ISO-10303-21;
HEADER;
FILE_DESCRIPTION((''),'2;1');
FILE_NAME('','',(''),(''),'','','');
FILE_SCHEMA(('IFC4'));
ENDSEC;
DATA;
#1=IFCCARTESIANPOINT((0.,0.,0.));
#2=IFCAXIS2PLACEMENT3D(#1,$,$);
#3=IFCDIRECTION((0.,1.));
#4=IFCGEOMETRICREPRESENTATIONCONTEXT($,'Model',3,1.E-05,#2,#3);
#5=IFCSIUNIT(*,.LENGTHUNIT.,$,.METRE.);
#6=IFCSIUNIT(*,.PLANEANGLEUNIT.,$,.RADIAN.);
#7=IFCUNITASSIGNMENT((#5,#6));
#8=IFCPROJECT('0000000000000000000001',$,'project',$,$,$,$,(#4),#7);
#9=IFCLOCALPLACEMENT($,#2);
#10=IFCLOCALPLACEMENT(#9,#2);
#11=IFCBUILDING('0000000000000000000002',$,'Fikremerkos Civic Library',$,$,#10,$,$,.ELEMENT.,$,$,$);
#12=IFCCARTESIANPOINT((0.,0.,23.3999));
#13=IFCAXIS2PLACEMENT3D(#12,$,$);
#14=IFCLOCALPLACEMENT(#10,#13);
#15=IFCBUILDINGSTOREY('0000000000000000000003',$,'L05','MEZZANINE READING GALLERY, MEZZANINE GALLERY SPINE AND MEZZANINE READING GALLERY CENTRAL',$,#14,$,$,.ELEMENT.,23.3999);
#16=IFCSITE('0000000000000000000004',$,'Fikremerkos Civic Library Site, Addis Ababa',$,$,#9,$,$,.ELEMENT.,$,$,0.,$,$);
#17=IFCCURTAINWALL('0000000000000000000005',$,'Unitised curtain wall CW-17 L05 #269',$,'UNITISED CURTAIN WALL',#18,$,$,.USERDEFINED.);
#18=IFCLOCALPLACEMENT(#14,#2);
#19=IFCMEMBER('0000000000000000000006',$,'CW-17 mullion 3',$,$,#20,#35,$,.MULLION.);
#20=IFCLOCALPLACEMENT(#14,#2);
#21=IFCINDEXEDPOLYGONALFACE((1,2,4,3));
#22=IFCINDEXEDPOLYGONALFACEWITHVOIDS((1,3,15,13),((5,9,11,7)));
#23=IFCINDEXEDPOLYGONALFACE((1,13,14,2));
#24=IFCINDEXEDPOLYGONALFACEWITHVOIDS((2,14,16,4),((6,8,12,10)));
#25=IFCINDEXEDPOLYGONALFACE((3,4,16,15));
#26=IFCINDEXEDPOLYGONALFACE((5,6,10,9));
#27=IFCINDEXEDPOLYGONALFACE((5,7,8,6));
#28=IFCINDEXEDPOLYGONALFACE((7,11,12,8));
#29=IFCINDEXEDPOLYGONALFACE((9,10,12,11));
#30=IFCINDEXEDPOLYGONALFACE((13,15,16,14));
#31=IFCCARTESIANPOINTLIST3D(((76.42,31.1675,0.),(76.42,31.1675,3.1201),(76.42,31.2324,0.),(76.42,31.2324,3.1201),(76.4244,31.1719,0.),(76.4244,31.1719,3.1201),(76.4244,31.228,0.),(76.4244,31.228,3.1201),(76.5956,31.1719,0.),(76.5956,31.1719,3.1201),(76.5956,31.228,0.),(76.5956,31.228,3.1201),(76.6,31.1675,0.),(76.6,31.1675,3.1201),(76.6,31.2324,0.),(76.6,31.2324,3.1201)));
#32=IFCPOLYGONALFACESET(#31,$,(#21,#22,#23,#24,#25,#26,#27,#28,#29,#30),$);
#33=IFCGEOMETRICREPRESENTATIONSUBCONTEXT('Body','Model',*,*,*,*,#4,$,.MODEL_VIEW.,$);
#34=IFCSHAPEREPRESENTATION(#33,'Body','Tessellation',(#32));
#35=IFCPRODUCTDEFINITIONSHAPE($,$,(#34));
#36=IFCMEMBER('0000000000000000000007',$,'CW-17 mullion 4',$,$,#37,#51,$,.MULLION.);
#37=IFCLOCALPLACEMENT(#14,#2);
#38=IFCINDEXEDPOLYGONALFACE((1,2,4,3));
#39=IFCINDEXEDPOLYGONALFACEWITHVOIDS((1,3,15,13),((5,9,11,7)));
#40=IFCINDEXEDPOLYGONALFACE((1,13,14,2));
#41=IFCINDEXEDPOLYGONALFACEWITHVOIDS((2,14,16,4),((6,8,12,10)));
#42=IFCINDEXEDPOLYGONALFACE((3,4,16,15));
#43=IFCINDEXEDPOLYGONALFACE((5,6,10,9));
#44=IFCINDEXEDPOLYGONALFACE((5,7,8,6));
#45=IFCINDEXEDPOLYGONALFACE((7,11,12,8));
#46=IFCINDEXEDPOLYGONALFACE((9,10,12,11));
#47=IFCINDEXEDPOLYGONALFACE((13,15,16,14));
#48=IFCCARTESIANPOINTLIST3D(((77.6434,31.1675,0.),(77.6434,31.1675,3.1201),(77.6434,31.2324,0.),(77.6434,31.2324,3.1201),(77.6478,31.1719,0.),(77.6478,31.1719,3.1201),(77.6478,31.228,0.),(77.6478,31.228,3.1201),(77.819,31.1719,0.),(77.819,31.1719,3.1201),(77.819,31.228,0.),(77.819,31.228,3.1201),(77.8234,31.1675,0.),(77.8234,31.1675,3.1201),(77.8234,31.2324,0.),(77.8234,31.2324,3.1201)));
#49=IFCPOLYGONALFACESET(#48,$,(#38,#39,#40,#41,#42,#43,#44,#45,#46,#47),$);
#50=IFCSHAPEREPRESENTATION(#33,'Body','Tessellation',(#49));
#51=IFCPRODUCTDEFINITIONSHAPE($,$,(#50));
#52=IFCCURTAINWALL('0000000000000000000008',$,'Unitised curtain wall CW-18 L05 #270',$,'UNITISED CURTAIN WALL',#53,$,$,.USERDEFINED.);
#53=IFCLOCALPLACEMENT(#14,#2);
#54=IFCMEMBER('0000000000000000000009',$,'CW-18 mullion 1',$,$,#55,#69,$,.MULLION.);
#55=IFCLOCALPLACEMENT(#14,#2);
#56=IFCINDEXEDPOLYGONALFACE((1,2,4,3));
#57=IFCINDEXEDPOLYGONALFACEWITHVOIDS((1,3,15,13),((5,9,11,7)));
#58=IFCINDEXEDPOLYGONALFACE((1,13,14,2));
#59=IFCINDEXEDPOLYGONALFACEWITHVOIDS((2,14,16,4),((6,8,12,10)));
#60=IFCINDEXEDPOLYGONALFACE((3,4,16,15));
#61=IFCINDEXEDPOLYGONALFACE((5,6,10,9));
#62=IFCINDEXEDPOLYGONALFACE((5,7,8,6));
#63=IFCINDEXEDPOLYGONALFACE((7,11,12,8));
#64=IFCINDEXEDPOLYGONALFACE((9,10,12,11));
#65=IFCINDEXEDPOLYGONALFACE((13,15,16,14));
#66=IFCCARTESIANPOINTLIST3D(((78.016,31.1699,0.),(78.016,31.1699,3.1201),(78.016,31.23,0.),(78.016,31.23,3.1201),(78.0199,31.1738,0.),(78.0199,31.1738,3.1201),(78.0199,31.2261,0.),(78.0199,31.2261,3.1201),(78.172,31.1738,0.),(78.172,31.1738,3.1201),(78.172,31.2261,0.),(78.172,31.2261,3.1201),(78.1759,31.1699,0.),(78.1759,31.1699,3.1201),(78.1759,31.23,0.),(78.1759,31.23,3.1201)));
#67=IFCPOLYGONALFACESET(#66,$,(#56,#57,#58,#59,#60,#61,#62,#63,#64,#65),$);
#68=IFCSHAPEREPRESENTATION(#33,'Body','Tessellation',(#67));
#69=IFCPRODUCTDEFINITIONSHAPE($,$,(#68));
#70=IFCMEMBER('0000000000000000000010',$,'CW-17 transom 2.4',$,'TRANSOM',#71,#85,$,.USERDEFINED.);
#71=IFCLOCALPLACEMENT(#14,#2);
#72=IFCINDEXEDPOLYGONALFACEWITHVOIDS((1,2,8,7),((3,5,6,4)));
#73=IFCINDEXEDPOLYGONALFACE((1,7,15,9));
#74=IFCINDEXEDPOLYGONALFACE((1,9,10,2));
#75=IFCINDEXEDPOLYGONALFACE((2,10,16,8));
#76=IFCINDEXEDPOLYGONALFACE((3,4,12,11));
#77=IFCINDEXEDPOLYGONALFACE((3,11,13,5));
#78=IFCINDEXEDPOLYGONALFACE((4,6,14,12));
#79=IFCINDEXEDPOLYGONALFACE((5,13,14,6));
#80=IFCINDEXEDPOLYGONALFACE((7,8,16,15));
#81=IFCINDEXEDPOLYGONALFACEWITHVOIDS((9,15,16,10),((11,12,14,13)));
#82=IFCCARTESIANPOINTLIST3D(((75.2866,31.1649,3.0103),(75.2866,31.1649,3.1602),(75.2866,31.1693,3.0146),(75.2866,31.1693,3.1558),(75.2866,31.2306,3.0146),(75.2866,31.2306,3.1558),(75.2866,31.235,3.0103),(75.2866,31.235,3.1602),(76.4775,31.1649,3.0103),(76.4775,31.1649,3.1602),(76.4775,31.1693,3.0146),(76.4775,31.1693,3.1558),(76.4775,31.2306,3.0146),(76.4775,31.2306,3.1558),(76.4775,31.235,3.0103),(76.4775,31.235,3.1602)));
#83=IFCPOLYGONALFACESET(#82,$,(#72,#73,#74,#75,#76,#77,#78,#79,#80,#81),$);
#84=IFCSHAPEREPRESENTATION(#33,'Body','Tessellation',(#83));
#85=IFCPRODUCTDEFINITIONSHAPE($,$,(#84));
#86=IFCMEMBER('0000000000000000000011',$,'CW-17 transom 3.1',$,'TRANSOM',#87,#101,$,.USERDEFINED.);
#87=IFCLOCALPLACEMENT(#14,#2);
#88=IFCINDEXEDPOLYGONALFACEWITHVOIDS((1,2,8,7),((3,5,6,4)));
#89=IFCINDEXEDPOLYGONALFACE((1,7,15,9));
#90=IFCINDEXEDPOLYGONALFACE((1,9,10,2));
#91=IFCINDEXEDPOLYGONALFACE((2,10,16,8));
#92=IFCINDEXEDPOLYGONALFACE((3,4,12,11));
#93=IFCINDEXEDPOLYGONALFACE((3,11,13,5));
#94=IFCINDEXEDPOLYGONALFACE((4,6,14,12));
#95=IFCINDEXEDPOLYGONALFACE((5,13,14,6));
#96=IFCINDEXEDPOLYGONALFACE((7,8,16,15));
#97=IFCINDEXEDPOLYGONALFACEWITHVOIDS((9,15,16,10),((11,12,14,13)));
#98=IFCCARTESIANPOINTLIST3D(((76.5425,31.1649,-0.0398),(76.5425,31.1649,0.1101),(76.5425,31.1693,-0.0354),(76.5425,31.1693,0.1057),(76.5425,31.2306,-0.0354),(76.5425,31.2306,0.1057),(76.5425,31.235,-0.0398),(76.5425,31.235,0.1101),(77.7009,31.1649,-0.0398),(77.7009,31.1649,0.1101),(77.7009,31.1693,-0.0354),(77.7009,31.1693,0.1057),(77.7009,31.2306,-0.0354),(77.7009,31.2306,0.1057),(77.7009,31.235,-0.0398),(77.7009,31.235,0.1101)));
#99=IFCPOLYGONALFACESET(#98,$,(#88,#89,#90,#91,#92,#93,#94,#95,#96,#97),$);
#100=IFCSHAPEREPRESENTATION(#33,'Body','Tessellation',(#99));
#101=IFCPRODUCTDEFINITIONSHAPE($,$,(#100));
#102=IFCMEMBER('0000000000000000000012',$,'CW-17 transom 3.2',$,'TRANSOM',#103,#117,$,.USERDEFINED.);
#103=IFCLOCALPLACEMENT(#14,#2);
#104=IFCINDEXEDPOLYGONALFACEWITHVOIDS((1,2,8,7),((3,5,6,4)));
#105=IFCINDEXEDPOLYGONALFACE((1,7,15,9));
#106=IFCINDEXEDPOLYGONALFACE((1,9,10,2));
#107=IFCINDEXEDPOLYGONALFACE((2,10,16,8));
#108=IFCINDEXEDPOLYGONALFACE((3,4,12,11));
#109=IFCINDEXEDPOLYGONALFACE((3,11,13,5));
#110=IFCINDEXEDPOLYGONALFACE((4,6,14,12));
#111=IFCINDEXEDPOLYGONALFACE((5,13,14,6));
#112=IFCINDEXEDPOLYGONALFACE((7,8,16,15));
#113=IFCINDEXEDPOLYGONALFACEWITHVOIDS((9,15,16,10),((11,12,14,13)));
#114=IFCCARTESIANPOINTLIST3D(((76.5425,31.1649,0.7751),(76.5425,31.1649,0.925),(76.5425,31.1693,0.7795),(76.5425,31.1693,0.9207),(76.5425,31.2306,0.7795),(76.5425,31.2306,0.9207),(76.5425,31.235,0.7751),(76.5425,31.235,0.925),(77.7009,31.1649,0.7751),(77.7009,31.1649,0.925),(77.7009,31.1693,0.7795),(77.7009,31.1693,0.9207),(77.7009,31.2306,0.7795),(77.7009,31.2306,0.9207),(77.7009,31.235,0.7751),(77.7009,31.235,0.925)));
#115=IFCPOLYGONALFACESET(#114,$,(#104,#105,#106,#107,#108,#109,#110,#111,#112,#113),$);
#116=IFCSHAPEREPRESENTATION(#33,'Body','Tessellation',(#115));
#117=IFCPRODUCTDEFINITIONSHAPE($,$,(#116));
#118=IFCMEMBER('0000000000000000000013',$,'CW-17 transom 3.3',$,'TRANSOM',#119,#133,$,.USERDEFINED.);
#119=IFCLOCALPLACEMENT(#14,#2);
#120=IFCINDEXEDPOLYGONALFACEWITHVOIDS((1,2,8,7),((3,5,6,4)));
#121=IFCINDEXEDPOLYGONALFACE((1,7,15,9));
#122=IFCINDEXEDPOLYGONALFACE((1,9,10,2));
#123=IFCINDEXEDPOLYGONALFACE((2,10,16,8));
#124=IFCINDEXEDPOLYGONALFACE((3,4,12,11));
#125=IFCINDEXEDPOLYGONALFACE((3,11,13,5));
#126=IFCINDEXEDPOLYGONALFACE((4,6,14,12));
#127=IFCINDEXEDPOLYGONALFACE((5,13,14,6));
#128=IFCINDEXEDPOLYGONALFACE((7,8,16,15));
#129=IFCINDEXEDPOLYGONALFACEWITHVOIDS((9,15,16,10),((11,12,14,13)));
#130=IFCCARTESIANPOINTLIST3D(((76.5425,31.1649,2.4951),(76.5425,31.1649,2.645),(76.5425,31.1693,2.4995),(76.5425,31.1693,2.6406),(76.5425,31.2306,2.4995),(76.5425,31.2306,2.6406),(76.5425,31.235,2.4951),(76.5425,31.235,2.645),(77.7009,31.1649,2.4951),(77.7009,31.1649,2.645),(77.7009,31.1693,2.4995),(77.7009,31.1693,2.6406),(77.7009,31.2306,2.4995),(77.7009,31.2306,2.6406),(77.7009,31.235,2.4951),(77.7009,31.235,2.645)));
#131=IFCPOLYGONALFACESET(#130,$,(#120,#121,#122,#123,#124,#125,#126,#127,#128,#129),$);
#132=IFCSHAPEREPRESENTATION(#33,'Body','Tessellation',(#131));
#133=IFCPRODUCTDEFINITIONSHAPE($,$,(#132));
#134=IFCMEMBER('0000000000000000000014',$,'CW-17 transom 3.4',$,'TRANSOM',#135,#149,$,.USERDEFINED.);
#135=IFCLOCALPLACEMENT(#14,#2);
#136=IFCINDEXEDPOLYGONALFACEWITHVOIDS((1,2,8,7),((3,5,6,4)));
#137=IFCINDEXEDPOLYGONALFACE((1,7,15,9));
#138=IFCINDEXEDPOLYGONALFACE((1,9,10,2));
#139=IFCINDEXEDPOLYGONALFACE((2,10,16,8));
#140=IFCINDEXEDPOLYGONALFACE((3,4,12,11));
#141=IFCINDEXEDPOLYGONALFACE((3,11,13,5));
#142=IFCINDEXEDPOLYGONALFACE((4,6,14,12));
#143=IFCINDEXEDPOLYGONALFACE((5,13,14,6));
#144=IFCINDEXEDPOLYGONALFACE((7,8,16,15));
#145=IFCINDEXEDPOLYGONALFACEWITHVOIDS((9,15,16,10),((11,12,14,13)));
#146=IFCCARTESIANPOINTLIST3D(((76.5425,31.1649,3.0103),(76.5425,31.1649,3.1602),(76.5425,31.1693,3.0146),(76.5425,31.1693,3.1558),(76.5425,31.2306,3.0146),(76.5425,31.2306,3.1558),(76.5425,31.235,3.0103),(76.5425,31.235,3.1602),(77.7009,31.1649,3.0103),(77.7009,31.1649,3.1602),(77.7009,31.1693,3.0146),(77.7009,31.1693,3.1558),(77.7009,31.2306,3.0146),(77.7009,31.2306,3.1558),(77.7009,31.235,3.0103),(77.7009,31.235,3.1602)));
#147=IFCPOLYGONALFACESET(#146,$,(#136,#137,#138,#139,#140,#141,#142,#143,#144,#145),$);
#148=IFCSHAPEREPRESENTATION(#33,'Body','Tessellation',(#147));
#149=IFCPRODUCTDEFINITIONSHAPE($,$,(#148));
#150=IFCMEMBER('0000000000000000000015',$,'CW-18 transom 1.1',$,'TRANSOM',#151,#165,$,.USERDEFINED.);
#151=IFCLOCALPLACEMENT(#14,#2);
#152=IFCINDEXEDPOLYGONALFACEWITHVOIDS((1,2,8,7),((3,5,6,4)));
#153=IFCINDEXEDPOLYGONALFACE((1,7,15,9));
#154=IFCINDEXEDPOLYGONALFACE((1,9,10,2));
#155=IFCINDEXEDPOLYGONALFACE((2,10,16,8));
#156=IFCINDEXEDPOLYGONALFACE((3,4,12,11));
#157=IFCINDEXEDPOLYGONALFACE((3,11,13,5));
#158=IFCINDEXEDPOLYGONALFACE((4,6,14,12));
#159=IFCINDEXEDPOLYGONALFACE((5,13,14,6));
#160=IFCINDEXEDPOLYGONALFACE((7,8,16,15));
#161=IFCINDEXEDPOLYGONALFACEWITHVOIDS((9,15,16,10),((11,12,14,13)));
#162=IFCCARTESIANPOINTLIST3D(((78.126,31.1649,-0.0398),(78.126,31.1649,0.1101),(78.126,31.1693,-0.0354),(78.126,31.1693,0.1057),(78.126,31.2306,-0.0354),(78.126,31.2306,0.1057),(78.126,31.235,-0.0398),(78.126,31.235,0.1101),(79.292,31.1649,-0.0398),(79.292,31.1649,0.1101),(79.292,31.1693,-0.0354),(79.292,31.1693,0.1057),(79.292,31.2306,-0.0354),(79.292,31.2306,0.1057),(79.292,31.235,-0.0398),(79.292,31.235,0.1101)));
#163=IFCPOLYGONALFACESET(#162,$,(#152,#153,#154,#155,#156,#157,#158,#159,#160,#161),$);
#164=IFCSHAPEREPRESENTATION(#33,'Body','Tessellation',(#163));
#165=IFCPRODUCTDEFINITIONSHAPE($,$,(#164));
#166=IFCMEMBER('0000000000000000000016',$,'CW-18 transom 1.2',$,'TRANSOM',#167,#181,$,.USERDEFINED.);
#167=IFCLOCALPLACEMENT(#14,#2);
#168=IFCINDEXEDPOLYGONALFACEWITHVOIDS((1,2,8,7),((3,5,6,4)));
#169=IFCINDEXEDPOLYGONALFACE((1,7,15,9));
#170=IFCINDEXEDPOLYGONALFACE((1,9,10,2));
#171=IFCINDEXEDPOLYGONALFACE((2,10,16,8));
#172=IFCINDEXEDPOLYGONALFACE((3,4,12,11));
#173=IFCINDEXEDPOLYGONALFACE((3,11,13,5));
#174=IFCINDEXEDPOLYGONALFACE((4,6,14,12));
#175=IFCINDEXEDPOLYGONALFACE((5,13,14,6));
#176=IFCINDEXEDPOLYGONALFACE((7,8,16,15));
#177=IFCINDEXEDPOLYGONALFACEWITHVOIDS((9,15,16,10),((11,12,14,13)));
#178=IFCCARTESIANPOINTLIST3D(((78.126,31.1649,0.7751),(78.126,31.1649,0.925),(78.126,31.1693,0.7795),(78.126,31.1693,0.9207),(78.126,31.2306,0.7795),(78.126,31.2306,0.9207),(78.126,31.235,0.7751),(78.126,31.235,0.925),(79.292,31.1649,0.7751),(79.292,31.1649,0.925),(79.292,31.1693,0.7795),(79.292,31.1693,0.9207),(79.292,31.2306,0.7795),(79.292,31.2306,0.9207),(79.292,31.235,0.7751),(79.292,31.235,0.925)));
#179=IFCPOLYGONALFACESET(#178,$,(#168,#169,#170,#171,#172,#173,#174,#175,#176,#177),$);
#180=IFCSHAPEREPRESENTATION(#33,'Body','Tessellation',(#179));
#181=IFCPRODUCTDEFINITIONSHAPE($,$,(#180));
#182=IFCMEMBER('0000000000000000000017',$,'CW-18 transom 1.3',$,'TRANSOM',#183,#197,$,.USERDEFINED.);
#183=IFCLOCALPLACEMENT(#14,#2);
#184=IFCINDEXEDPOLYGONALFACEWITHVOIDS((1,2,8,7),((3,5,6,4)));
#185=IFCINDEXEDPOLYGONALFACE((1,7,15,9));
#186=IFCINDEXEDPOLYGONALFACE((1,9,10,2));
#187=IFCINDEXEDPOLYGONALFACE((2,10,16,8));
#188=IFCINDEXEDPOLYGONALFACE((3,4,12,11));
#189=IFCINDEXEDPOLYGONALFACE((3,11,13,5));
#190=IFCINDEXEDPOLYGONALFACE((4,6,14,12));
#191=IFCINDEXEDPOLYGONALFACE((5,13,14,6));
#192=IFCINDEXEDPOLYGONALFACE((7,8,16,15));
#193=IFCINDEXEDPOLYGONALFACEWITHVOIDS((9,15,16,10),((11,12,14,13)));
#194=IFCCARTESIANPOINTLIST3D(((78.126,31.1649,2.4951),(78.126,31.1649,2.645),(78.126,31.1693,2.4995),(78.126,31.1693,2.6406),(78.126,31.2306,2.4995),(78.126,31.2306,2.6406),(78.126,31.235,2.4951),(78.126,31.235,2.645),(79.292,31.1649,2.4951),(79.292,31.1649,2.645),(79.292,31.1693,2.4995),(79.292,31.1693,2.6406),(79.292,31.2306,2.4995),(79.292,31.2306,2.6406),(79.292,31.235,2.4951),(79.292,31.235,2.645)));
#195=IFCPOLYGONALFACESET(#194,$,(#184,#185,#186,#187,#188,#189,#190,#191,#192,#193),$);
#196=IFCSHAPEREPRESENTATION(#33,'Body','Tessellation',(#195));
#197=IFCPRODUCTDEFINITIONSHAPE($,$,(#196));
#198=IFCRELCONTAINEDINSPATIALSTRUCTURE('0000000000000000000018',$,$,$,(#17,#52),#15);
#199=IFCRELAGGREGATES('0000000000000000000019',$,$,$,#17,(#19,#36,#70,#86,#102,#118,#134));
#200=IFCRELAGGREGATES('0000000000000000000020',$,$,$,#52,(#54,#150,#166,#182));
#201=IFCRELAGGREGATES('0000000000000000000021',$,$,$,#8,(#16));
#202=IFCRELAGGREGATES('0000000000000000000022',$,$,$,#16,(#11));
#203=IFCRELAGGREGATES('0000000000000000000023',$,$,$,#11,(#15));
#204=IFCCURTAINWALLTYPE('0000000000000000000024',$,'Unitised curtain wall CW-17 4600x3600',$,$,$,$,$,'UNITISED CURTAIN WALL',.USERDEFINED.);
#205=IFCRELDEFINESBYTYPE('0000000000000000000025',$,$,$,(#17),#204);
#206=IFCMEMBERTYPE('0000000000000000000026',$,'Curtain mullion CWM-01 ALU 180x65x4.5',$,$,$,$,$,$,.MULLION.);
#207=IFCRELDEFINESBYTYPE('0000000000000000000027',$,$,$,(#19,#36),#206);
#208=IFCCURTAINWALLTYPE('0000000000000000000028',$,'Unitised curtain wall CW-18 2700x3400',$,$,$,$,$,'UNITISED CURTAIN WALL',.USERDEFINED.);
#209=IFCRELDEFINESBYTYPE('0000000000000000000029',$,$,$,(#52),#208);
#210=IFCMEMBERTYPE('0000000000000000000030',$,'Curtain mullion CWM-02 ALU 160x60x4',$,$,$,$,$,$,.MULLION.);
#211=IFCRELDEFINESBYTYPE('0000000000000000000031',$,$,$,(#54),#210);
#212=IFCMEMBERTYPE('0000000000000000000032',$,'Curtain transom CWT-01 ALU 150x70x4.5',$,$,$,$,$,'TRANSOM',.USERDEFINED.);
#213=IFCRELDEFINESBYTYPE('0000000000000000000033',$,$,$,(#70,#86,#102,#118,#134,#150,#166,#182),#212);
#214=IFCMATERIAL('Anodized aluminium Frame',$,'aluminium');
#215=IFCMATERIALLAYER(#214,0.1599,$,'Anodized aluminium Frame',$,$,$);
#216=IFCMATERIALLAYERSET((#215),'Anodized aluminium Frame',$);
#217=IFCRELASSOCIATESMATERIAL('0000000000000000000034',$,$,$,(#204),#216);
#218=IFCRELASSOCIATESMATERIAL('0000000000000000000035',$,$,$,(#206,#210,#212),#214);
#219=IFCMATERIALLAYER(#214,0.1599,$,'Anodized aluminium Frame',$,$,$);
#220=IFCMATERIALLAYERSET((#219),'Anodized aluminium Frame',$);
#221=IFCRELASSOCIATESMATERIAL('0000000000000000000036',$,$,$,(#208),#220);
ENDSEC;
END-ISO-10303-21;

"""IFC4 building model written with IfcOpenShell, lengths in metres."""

from ifc_helpers import new_model, si_unit, direction, frame, origin, origin_2d, place, context, subcontext, project, spatial, hollow_rectangle, extrude, material, layer, layer_set, material_profile, profile_set, type_object, element, aggregate, save


model = new_model("IFC4")

# Units and contexts
model_context = context("Model", 3, precision=1e-05, world=origin(), true_north=direction((0.0, 1.0)))
body_context = subcontext(model_context, "Body", "Model", "MODEL_VIEW")
ifc_project = project(units=[si_unit("LENGTHUNIT", "METRE"), si_unit("PLANEANGLEUNIT", "RADIAN")], contexts=[model_context])

# Site, building, storey
site_placement = place(None, origin())
site = spatial("IfcSite", under=ifc_project, at=site_placement, Name="Fikremerkos Civic Library Site, Addis Ababa", CompositionType="ELEMENT", RefElevation=0.0)
building_placement = place(site_placement, origin())
building = spatial("IfcBuilding", under=site, at=building_placement, Name="Fikremerkos Civic Library", CompositionType="ELEMENT")
storey_placement = place(building_placement, frame((0.0, 0.0, 23.3999)))
storey = spatial("IfcBuildingStorey", under=building, at=storey_placement, Name="L05", Description="MEZZANINE READING GALLERY, MEZZANINE GALLERY SPINE AND MEZZANINE READING GALLERY CENTRAL", CompositionType="ELEMENT", Elevation=23.3999)

# Curtain wall, members
ifc_material_1 = material(Name="Anodized aluminium Frame", Category="aluminium")
ifc_layer_1 = layer(ifc_material_1, 0.1599, Name="Anodized aluminium Frame")
ifc_layer_set_1 = layer_set([ifc_layer_1], Name="Anodized aluminium Frame")
curtain_wall_type_1 = type_object("IfcCurtainWallType", Name="Unitised curtain wall CW-17 4600x3600", ElementType="UNITISED CURTAIN WALL", PredefinedType="USERDEFINED", material=ifc_layer_set_1)
curtain_wall_1_placement = place(storey_placement, origin())
curtain_wall_1 = element("IfcCurtainWall", 1, at=curtain_wall_1_placement, inside=storey, type_object=curtain_wall_type_1, Name="Unitised curtain wall CW-17 L05 #269", ObjectType="UNITISED CURTAIN WALL", PredefinedType="USERDEFINED")
ifc_material_profile_1 = material_profile(ifc_material_1, hollow_rectangle(XDim=0.0649, YDim=0.1799, WallThickness=0.0044, at=origin_2d()), Name="ALU 180x65x4.5")
ifc_profile_set_1 = profile_set([ifc_material_profile_1], Name="Anodized aluminium Frame")
member_type_1 = type_object("IfcMemberType", Name="Curtain mullion CWM-01 ALU 180x65x4.5", PredefinedType="MULLION", material=ifc_profile_set_1)
member_1_placement = place(storey_placement, frame((76.51, 31.2, 0.0), z_axis=(0.0, 0.0, 1.0), x_axis=(0.0, 1.0, 0.0)))
member_1 = element("IfcMember", 2, at=member_1_placement, type_object=member_type_1, Name="CW-17 mullion 3", PredefinedType="MULLION", context=body_context, shape_type="SweptSolid", body=[
    extrude(hollow_rectangle(XDim=0.0649, YDim=0.1799, WallThickness=0.0044, at=origin_2d()), origin(), (0.0, 0.0, 1.0), 3.1201),
])
member_2_placement = place(storey_placement, frame((77.7334, 31.2, 0.0), z_axis=(0.0, 0.0, 1.0), x_axis=(0.0, 1.0, 0.0)))
member_2 = element("IfcMember", 3, at=member_2_placement, type_object=member_type_1, Name="CW-17 mullion 4", PredefinedType="MULLION", context=body_context, shape_type="SweptSolid", body=[
    extrude(hollow_rectangle(XDim=0.0649, YDim=0.1799, WallThickness=0.0044, at=origin_2d()), origin(), (0.0, 0.0, 1.0), 3.1201),
])

# Curtain wall, member
ifc_layer_2 = layer(ifc_material_1, 0.1599, Name="Anodized aluminium Frame")
ifc_layer_set_2 = layer_set([ifc_layer_2], Name="Anodized aluminium Frame")
curtain_wall_type_2 = type_object("IfcCurtainWallType", Name="Unitised curtain wall CW-18 2700x3400", ElementType="UNITISED CURTAIN WALL", PredefinedType="USERDEFINED", material=ifc_layer_set_2)
curtain_wall_2_placement = place(storey_placement, origin())
curtain_wall_2 = element("IfcCurtainWall", 4, at=curtain_wall_2_placement, inside=storey, type_object=curtain_wall_type_2, Name="Unitised curtain wall CW-18 L05 #270", ObjectType="UNITISED CURTAIN WALL", PredefinedType="USERDEFINED")
ifc_material_profile_2 = material_profile(ifc_material_1, hollow_rectangle(XDim=0.0601, YDim=0.1599, WallThickness=0.0039, at=origin_2d()), Name="ALU 160x60x4")
ifc_profile_set_2 = profile_set([ifc_material_profile_2], Name="Anodized aluminium Frame")
member_type_2 = type_object("IfcMemberType", Name="Curtain mullion CWM-02 ALU 160x60x4", PredefinedType="MULLION", material=ifc_profile_set_2)
member_3_placement = place(storey_placement, frame((78.0959, 31.2, 0.0), z_axis=(0.0, 0.0, 1.0), x_axis=(0.0, 1.0, 0.0)))
member_3 = element("IfcMember", 5, at=member_3_placement, type_object=member_type_2, Name="CW-18 mullion 1", PredefinedType="MULLION", context=body_context, shape_type="SweptSolid", body=[
    extrude(hollow_rectangle(XDim=0.0601, YDim=0.1599, WallThickness=0.0039, at=origin_2d()), origin(), (0.0, 0.0, 1.0), 3.1201),
])

# Members
ifc_material_profile_3 = material_profile(ifc_material_1, hollow_rectangle(XDim=0.0701, YDim=0.1499, WallThickness=0.0044, at=origin_2d()), Name="ALU 150x70x4.5")
ifc_profile_set_3 = profile_set([ifc_material_profile_3], Name="Anodized aluminium Frame")
member_type_3 = type_object("IfcMemberType", Name="Curtain transom CWT-01 ALU 150x70x4.5", ElementType="TRANSOM", PredefinedType="USERDEFINED", material=ifc_profile_set_3)
member_4_placement = place(storey_placement, frame((75.2866, 31.2, 3.0852), z_axis=(1.0, 0.0, 0.0), x_axis=(0.0, 1.0, 0.0)))
member_4 = element("IfcMember", 6, at=member_4_placement, type_object=member_type_3, Name="CW-17 transom 2.4", ObjectType="TRANSOM", PredefinedType="USERDEFINED", context=body_context, shape_type="SweptSolid", body=[
    extrude(hollow_rectangle(XDim=0.0701, YDim=0.1499, WallThickness=0.0044, at=origin_2d()), origin(), (0.0, 0.0, 1.0), 1.1909),
])
member_5_placement = place(storey_placement, frame((76.5425, 31.2, 0.0352), z_axis=(1.0, 0.0, 0.0), x_axis=(0.0, 1.0, 0.0)))
member_5 = element("IfcMember", 7, at=member_5_placement, type_object=member_type_3, Name="CW-17 transom 3.1", ObjectType="TRANSOM", PredefinedType="USERDEFINED", context=body_context, shape_type="SweptSolid", body=[
    extrude(hollow_rectangle(XDim=0.0701, YDim=0.1499, WallThickness=0.0044, at=origin_2d()), origin(), (0.0, 0.0, 1.0), 1.1584),
])
member_6_placement = place(storey_placement, frame((76.5425, 31.2, 0.8501), z_axis=(1.0, 0.0, 0.0), x_axis=(0.0, 1.0, 0.0)))
member_6 = element("IfcMember", 8, at=member_6_placement, type_object=member_type_3, Name="CW-17 transom 3.2", ObjectType="TRANSOM", PredefinedType="USERDEFINED", context=body_context, shape_type="SweptSolid", body=[
    extrude(hollow_rectangle(XDim=0.0701, YDim=0.1499, WallThickness=0.0044, at=origin_2d()), origin(), (0.0, 0.0, 1.0), 1.1584),
])
member_7_placement = place(storey_placement, frame((76.5425, 31.2, 2.5701), z_axis=(1.0, 0.0, 0.0), x_axis=(0.0, 1.0, 0.0)))
member_7 = element("IfcMember", 9, at=member_7_placement, type_object=member_type_3, Name="CW-17 transom 3.3", ObjectType="TRANSOM", PredefinedType="USERDEFINED", context=body_context, shape_type="SweptSolid", body=[
    extrude(hollow_rectangle(XDim=0.0701, YDim=0.1499, WallThickness=0.0044, at=origin_2d()), origin(), (0.0, 0.0, 1.0), 1.1584),
])
member_8_placement = place(storey_placement, frame((76.5425, 31.2, 3.0852), z_axis=(1.0, 0.0, 0.0), x_axis=(0.0, 1.0, 0.0)))
member_8 = element("IfcMember", 10, at=member_8_placement, type_object=member_type_3, Name="CW-17 transom 3.4", ObjectType="TRANSOM", PredefinedType="USERDEFINED", context=body_context, shape_type="SweptSolid", body=[
    extrude(hollow_rectangle(XDim=0.0701, YDim=0.1499, WallThickness=0.0044, at=origin_2d()), origin(), (0.0, 0.0, 1.0), 1.1584),
])
member_9_placement = place(storey_placement, frame((78.126, 31.2, 0.0352), z_axis=(1.0, 0.0, 0.0), x_axis=(0.0, 1.0, 0.0)))
member_9 = element("IfcMember", 11, at=member_9_placement, type_object=member_type_3, Name="CW-18 transom 1.1", ObjectType="TRANSOM", PredefinedType="USERDEFINED", context=body_context, shape_type="SweptSolid", body=[
    extrude(hollow_rectangle(XDim=0.0701, YDim=0.1499, WallThickness=0.0044, at=origin_2d()), origin(), (0.0, 0.0, 1.0), 1.166),
])
member_10_placement = place(storey_placement, frame((78.126, 31.2, 0.8501), z_axis=(1.0, 0.0, 0.0), x_axis=(0.0, 1.0, 0.0)))
member_10 = element("IfcMember", 12, at=member_10_placement, type_object=member_type_3, Name="CW-18 transom 1.2", ObjectType="TRANSOM", PredefinedType="USERDEFINED", context=body_context, shape_type="SweptSolid", body=[
    extrude(hollow_rectangle(XDim=0.0701, YDim=0.1499, WallThickness=0.0044, at=origin_2d()), origin(), (0.0, 0.0, 1.0), 1.166),
])
member_11_placement = place(storey_placement, frame((78.126, 31.2, 2.5701), z_axis=(1.0, 0.0, 0.0), x_axis=(0.0, 1.0, 0.0)))
member_11 = element("IfcMember", 13, at=member_11_placement, type_object=member_type_3, Name="CW-18 transom 1.3", ObjectType="TRANSOM", PredefinedType="USERDEFINED", context=body_context, shape_type="SweptSolid", body=[
    extrude(hollow_rectangle(XDim=0.0701, YDim=0.1499, WallThickness=0.0044, at=origin_2d()), origin(), (0.0, 0.0, 1.0), 1.166),
])

aggregate(curtain_wall_1, [member_1, member_2, member_4, member_5, member_6, member_7, member_8])
aggregate(curtain_wall_2, [member_3, member_9, member_10, member_11])

save(model, "model.ifc")
